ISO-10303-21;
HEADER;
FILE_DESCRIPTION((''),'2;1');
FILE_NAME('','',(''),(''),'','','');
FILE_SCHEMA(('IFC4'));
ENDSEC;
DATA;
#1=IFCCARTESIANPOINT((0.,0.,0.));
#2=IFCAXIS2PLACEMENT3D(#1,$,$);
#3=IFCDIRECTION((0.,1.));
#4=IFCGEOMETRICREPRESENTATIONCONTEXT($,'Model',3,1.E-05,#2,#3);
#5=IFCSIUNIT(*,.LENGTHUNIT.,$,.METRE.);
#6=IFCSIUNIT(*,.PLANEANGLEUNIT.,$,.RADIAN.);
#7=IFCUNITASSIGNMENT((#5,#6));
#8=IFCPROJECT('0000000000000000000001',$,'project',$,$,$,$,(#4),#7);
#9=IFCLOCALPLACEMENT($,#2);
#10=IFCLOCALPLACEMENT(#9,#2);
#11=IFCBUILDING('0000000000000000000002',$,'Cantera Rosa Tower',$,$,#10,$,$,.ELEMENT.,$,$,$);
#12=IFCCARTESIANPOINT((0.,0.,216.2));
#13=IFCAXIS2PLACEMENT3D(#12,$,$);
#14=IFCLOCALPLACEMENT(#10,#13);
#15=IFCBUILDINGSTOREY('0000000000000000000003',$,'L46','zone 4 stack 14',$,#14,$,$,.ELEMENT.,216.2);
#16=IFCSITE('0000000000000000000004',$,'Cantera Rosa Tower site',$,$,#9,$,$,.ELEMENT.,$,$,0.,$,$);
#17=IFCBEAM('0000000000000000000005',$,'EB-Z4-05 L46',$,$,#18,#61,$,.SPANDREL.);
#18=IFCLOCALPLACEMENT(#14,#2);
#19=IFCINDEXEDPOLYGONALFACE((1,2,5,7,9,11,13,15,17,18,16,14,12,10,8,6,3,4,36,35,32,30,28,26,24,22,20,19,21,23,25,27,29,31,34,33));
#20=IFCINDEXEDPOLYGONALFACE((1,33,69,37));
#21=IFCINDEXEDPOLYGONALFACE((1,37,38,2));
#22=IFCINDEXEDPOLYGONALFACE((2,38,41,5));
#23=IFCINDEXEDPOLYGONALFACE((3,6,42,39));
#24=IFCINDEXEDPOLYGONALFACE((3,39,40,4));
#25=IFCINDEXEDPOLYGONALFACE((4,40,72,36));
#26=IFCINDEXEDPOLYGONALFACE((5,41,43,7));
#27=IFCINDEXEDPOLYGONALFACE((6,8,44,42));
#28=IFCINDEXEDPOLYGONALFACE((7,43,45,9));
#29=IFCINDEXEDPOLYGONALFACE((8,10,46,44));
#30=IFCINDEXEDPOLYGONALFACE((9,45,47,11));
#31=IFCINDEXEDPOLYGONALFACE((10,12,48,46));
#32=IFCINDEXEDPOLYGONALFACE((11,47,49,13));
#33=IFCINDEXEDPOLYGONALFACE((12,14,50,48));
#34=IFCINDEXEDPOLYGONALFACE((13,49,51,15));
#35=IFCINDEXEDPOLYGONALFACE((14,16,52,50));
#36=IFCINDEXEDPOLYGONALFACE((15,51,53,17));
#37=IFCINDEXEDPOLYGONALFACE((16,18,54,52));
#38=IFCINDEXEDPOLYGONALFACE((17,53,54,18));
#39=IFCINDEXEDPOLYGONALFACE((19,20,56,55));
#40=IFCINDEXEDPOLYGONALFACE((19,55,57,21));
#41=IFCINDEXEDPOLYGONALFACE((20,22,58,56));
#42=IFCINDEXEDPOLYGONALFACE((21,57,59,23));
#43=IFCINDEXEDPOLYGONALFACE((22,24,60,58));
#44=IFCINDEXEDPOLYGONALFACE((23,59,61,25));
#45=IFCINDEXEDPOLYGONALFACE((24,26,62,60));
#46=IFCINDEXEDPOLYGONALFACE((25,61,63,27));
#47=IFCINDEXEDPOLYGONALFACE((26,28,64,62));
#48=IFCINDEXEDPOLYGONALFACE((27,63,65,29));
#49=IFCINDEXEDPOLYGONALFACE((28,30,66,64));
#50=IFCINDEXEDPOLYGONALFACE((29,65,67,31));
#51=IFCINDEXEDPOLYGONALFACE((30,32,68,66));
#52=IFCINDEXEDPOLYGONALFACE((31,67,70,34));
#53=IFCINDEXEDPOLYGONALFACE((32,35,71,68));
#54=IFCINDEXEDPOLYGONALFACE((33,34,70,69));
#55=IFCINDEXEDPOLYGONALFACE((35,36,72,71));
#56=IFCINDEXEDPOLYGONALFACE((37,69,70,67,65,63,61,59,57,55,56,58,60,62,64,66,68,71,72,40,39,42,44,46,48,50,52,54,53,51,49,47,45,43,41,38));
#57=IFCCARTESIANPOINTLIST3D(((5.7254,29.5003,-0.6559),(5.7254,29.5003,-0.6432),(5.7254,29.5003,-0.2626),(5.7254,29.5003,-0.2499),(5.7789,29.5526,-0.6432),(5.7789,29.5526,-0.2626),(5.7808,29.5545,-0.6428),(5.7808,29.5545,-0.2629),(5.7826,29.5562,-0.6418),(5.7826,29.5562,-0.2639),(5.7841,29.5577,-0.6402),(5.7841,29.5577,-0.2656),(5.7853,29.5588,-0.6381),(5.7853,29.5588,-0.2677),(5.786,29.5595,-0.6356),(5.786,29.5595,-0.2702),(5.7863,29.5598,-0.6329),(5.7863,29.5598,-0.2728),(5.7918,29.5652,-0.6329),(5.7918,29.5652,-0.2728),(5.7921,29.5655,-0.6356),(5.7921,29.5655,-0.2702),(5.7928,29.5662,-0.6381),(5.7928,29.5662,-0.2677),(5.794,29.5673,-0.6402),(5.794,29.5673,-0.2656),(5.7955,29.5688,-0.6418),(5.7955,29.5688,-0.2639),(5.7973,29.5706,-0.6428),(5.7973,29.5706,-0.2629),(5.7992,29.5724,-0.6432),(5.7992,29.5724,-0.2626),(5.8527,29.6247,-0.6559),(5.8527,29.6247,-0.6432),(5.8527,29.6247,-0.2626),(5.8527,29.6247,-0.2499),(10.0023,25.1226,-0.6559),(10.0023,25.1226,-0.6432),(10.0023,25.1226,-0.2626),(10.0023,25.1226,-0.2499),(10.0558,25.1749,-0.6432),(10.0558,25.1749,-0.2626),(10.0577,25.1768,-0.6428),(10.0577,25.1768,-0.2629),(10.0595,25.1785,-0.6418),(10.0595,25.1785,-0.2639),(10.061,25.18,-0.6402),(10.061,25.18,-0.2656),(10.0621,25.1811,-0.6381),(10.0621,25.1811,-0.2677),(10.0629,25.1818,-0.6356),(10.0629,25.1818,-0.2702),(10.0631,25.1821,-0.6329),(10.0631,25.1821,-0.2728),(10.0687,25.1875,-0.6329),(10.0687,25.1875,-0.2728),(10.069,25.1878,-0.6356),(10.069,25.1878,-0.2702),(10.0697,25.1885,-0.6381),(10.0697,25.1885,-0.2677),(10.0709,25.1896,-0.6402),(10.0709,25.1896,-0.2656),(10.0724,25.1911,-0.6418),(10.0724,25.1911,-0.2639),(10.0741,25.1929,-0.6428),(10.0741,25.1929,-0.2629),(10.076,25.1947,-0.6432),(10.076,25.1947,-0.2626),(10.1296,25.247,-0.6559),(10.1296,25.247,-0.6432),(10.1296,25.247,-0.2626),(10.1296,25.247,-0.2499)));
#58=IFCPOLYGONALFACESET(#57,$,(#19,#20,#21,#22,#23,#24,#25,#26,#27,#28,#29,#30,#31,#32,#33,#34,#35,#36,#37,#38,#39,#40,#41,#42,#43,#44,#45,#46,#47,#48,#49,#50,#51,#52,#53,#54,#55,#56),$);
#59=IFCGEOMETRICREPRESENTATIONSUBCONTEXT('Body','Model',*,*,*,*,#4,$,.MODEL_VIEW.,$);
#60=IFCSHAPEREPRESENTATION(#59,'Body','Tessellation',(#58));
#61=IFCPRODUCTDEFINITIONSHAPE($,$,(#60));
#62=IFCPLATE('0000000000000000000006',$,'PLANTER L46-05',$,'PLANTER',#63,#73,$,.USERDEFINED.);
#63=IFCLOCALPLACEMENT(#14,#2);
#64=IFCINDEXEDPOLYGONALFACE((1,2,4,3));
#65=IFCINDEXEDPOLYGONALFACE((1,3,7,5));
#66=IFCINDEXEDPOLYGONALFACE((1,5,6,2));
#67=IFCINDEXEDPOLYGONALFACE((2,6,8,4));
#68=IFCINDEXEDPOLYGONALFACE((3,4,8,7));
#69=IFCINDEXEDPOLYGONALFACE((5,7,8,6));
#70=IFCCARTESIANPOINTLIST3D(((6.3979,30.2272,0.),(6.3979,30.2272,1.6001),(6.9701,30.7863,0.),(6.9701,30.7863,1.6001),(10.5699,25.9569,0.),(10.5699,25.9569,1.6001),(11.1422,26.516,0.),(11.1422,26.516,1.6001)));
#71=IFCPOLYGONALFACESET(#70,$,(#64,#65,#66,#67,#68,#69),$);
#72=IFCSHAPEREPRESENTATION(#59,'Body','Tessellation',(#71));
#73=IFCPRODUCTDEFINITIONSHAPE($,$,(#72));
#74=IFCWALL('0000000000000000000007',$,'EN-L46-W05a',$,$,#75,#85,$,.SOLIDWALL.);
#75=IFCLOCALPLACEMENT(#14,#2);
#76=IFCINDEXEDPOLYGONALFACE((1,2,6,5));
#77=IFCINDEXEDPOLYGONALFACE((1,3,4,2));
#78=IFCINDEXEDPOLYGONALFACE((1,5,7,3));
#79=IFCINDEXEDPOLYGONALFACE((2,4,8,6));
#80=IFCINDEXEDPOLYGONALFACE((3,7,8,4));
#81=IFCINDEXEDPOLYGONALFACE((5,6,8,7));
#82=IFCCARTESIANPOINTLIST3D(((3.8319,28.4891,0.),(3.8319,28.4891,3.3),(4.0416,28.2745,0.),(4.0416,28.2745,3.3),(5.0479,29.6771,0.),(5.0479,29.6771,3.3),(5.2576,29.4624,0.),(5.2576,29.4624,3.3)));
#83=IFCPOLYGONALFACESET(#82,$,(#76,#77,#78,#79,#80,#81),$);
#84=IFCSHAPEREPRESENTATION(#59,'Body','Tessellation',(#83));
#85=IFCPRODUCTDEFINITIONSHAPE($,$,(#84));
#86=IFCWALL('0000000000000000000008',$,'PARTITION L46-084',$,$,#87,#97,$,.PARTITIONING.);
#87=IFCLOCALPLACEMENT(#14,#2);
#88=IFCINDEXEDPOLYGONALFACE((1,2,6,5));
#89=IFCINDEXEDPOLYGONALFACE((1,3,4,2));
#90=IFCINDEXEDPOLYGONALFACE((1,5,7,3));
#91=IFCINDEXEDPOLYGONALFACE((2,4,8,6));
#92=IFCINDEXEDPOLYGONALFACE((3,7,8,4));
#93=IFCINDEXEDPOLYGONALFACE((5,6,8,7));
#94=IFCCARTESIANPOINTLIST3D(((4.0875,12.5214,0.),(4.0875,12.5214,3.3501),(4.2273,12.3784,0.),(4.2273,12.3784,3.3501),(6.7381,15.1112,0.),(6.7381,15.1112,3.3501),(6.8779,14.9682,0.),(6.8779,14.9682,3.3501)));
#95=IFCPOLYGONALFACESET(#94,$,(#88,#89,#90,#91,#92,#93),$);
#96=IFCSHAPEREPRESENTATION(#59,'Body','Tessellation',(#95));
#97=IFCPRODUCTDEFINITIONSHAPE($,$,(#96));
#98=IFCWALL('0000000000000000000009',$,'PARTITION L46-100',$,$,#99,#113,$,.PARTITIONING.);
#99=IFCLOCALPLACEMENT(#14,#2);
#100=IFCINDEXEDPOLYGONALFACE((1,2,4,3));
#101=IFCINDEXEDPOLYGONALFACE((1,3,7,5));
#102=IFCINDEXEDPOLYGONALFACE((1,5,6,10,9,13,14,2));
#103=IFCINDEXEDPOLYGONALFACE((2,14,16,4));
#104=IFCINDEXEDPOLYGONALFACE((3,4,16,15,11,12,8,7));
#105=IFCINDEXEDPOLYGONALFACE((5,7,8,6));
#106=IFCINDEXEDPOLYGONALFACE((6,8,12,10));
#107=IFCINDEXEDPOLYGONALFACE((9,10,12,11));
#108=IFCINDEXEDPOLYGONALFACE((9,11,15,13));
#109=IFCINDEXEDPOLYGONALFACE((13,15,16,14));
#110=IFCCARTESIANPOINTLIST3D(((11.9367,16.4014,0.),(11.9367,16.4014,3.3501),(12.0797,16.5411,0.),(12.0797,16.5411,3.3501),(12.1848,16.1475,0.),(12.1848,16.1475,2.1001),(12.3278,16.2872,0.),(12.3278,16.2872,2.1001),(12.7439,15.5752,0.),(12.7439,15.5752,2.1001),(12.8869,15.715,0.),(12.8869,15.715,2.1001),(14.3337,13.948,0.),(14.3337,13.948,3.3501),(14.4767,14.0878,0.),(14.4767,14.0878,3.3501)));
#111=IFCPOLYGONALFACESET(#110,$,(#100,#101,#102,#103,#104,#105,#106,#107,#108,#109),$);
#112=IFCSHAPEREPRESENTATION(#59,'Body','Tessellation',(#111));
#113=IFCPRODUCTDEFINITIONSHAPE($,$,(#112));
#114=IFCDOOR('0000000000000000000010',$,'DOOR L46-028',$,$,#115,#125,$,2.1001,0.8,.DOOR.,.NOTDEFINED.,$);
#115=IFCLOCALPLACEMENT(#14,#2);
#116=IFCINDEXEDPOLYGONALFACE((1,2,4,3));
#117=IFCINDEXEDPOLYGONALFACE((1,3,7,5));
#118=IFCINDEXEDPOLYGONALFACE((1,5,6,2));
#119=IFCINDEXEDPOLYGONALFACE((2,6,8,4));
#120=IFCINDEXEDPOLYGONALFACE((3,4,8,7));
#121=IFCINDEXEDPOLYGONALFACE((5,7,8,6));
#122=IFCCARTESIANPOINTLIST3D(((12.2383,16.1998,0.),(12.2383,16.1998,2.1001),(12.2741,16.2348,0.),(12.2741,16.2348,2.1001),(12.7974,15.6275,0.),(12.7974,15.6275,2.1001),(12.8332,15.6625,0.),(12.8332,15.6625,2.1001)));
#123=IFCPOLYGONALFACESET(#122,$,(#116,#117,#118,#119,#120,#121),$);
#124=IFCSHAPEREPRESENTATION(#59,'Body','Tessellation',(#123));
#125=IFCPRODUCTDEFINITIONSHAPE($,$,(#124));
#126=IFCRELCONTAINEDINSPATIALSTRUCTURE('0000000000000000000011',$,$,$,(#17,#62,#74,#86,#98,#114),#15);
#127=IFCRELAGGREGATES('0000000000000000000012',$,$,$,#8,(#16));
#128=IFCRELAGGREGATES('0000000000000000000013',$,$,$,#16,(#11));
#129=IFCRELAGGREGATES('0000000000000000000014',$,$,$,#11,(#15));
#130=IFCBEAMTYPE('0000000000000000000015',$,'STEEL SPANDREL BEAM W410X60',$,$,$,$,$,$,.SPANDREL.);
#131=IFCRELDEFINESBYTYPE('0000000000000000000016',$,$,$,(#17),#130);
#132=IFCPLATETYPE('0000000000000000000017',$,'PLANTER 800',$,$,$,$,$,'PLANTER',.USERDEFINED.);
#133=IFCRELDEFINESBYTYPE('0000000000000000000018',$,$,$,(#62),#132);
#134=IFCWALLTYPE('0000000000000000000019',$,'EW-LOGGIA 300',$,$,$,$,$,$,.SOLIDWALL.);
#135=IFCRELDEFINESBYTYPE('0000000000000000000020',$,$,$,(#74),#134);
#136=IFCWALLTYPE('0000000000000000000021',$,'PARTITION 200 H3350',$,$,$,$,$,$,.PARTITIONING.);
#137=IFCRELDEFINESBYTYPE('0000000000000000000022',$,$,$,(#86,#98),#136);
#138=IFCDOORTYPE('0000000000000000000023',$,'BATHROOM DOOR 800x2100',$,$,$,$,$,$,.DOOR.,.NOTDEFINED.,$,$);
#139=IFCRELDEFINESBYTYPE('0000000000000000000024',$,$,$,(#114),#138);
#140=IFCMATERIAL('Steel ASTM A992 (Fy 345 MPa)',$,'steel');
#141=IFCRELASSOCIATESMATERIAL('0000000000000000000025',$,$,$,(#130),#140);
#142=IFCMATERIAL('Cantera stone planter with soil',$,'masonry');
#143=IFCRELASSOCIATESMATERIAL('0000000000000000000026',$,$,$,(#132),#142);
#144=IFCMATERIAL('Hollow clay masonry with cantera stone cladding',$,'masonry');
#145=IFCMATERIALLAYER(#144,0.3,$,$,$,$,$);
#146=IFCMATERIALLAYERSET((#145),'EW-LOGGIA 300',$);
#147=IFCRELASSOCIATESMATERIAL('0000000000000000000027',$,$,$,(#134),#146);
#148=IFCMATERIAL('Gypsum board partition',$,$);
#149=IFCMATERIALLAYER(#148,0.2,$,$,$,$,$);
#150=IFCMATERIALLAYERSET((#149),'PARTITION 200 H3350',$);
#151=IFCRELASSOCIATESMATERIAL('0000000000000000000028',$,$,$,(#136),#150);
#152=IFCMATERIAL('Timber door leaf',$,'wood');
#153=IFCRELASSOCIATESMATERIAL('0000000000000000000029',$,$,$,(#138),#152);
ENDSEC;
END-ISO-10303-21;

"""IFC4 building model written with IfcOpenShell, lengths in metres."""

from ifc_helpers import new_model, si_unit, direction, frame, frame_2d, origin, origin_2d, place, context, subcontext, project, spatial, rectangle, i_section, extrude, material, layer, layer_set, material_profile, profile_set, type_object, element, fill, save


model = new_model("IFC4")

# Units and contexts
model_context = context("Model", 3, precision=1e-05, world=origin(), true_north=direction((0.0, 1.0)))
body_context = subcontext(model_context, "Body", "Model", "MODEL_VIEW")
ifc_project = project(units=[si_unit("LENGTHUNIT", "METRE"), si_unit("PLANEANGLEUNIT", "RADIAN")], contexts=[model_context])

# Site, building, storey
site_placement = place(None, origin())
site = spatial("IfcSite", under=ifc_project, at=site_placement, Name="Cantera Rosa Tower site", CompositionType="ELEMENT", RefElevation=0.0)
building_placement = place(site_placement, origin())
building = spatial("IfcBuilding", under=site, at=building_placement, Name="Cantera Rosa Tower", CompositionType="ELEMENT")
storey_placement = place(building_placement, frame((0.0, 0.0, 216.2)))
storey = spatial("IfcBuildingStorey", under=building, at=storey_placement, Name="L46", Description="zone 4 stack 14", CompositionType="ELEMENT", Elevation=216.2)

# Beam
ifc_material_1 = material(Name="Steel ASTM A992 (Fy 345 MPa)", Category="steel")
ifc_material_profile_1 = material_profile(ifc_material_1, i_section(OverallWidth=0.178, OverallDepth=0.406, WebThickness=0.0078, FlangeThickness=0.0127, FilletRadius=0.0103, at=origin_2d()), Name="W410X60")
ifc_profile_set_1 = profile_set([ifc_material_profile_1], Name="Steel ASTM A992 (Fy 345 MPa)")
beam_type_1 = type_object("IfcBeamType", Name="STEEL SPANDREL BEAM W410X60", PredefinedType="SPANDREL", material=ifc_profile_set_1)
beam_1_placement = place(storey_placement, frame((10.0659, 25.1848, -0.4529), z_axis=(-0.698821, 0.715296, 0.0), x_axis=(-0.715296, -0.698821, 0.0)))
element("IfcBeam", 1, at=beam_1_placement, inside=storey, type_object=beam_type_1, Name="EB-Z4-05 L46", PredefinedType="SPANDREL", context=body_context, shape_type="SweptSolid", body=[
    extrude(i_section(OverallWidth=0.178, OverallDepth=0.406, WebThickness=0.0078, FlangeThickness=0.0127, FilletRadius=0.0103, at=origin_2d()), origin(), (0.0, 0.0, 1.0), 6.1201),
])

# Plate
ifc_material_2 = material(Name="Cantera stone planter with soil", Category="masonry")
plate_type = type_object("IfcPlateType", Name="PLANTER 800", ElementType="PLANTER", PredefinedType="USERDEFINED", material=ifc_material_2)
plate_placement = place(storey_placement, frame((8.77, 28.3716, 0.0), z_axis=(0.0, 0.0, 1.0), x_axis=(-0.698832, 0.715286, 0.0)))
element("IfcPlate", 2, at=plate_placement, inside=storey, type_object=plate_type, Name="PLANTER L46-05", ObjectType="PLANTER", PredefinedType="USERDEFINED", context=body_context, shape_type="SweptSolid", body=[
    extrude(rectangle(XDim=5.97, YDim=0.8, at=origin_2d()), origin(), (0.0, 0.0, 1.0), 1.6001),
])

# Wall
ifc_material_3 = material(Name="Hollow clay masonry with cantera stone cladding", Category="masonry")
ifc_layer_1 = layer(ifc_material_3, 0.3)
ifc_layer_set_1 = layer_set([ifc_layer_1], Name="EW-LOGGIA 300")
wall_type_1 = type_object("IfcWallType", Name="EW-LOGGIA 300", PredefinedType="SOLIDWALL", material=ifc_layer_set_1)
wall_1_placement = place(storey_placement, frame((5.1528, 29.5698, 0.0), z_axis=(0.0, 0.0, 1.0), x_axis=(-0.715316, -0.698801, 0.0)))
element("IfcWall", 3, at=wall_1_placement, inside=storey, type_object=wall_type_1, Name="EN-L46-W05a", PredefinedType="SOLIDWALL", context=body_context, shape_type="SweptSolid", body=[
    extrude(rectangle(XDim=1.7, YDim=0.3, at=frame_2d((0.8501, 0.0))), origin(), (0.0, 0.0, 1.0), 3.3),
])

# Wall
ifc_material_4 = material(Name="Gypsum board partition")
ifc_layer_2 = layer(ifc_material_4, 0.2)
ifc_layer_set_2 = layer_set([ifc_layer_2], Name="PARTITION 200 H3350")
wall_type_2 = type_object("IfcWallType", Name="PARTITION 200 H3350", PredefinedType="PARTITIONING", material=ifc_layer_set_2)
wall_2_placement = place(storey_placement, frame((6.8081, 15.0398, 0.0), z_axis=(0.0, 0.0, 1.0), x_axis=(-0.715261, -0.698857, 0.0)))
element("IfcWall", 4, at=wall_2_placement, inside=storey, type_object=wall_type_2, Name="PARTITION L46-084", PredefinedType="PARTITIONING", context=body_context, shape_type="SweptSolid", body=[
    extrude(rectangle(XDim=3.7058, YDim=0.2, at=frame_2d((1.853, 0.0))), origin(), (0.0, 0.0, 1.0), 3.3501),
])

# Wall, opening, door
wall_3_placement = place(storey_placement, frame((12.0083, 16.4712, 0.0), z_axis=(0.0, 0.0, 1.0), x_axis=(0.698838, -0.71528, 0.0)))
wall_3 = element("IfcWall", 5, at=wall_3_placement, inside=storey, type_object=wall_type_2, Name="PARTITION L46-100", PredefinedType="PARTITIONING", context=body_context, shape_type="SweptSolid", body=[
    extrude(rectangle(XDim=3.4299, YDim=0.2, at=frame_2d((1.7148, 0.0))), origin(), (0.0, 0.0, 1.0), 3.3501),
])
opening_1_placement = place(wall_3_placement, frame((0.355, 0.0, 0.0)))
opening_1 = element("IfcOpeningElement", 6, at=opening_1_placement, cuts=wall_3, PredefinedType="OPENING", context=body_context, shape_type="SweptSolid", body=[
    extrude(rectangle(XDim=0.8, YDim=2.1001, at=frame_2d((0.3999, 1.05))), frame((0.0, 0.1099, 0.0), z_axis=(0.0, -1.0, 0.0), x_axis=(1.0, 0.0, 0.0)), (0.0, 0.0, 1.0), 0.22),
])
ifc_material_5 = material(Name="Timber door leaf", Category="wood")
door_type_1 = type_object("IfcDoorType", Name="BATHROOM DOOR 800x2100", OperationType="NOTDEFINED", PredefinedType="DOOR", material=ifc_material_5)
door_1_placement = place(opening_1_placement, origin())
door_1 = element("IfcDoor", 7, at=door_1_placement, inside=storey, type_object=door_type_1, Name="DOOR L46-028", OperationType="NOTDEFINED", OverallHeight=2.1001, OverallWidth=0.8, PredefinedType="DOOR", context=body_context, shape_type="SweptSolid", body=[
    extrude(rectangle(XDim=0.8, YDim=2.1001, at=frame_2d((0.3999, 1.05))), frame((0.0, 0.0249, 0.0), z_axis=(0.0, -1.0, 0.0), x_axis=(1.0, 0.0, 0.0)), (0.0, 0.0, 1.0), 0.05),
])
fill(opening_1, door_1)

save(model, "model.ifc")
